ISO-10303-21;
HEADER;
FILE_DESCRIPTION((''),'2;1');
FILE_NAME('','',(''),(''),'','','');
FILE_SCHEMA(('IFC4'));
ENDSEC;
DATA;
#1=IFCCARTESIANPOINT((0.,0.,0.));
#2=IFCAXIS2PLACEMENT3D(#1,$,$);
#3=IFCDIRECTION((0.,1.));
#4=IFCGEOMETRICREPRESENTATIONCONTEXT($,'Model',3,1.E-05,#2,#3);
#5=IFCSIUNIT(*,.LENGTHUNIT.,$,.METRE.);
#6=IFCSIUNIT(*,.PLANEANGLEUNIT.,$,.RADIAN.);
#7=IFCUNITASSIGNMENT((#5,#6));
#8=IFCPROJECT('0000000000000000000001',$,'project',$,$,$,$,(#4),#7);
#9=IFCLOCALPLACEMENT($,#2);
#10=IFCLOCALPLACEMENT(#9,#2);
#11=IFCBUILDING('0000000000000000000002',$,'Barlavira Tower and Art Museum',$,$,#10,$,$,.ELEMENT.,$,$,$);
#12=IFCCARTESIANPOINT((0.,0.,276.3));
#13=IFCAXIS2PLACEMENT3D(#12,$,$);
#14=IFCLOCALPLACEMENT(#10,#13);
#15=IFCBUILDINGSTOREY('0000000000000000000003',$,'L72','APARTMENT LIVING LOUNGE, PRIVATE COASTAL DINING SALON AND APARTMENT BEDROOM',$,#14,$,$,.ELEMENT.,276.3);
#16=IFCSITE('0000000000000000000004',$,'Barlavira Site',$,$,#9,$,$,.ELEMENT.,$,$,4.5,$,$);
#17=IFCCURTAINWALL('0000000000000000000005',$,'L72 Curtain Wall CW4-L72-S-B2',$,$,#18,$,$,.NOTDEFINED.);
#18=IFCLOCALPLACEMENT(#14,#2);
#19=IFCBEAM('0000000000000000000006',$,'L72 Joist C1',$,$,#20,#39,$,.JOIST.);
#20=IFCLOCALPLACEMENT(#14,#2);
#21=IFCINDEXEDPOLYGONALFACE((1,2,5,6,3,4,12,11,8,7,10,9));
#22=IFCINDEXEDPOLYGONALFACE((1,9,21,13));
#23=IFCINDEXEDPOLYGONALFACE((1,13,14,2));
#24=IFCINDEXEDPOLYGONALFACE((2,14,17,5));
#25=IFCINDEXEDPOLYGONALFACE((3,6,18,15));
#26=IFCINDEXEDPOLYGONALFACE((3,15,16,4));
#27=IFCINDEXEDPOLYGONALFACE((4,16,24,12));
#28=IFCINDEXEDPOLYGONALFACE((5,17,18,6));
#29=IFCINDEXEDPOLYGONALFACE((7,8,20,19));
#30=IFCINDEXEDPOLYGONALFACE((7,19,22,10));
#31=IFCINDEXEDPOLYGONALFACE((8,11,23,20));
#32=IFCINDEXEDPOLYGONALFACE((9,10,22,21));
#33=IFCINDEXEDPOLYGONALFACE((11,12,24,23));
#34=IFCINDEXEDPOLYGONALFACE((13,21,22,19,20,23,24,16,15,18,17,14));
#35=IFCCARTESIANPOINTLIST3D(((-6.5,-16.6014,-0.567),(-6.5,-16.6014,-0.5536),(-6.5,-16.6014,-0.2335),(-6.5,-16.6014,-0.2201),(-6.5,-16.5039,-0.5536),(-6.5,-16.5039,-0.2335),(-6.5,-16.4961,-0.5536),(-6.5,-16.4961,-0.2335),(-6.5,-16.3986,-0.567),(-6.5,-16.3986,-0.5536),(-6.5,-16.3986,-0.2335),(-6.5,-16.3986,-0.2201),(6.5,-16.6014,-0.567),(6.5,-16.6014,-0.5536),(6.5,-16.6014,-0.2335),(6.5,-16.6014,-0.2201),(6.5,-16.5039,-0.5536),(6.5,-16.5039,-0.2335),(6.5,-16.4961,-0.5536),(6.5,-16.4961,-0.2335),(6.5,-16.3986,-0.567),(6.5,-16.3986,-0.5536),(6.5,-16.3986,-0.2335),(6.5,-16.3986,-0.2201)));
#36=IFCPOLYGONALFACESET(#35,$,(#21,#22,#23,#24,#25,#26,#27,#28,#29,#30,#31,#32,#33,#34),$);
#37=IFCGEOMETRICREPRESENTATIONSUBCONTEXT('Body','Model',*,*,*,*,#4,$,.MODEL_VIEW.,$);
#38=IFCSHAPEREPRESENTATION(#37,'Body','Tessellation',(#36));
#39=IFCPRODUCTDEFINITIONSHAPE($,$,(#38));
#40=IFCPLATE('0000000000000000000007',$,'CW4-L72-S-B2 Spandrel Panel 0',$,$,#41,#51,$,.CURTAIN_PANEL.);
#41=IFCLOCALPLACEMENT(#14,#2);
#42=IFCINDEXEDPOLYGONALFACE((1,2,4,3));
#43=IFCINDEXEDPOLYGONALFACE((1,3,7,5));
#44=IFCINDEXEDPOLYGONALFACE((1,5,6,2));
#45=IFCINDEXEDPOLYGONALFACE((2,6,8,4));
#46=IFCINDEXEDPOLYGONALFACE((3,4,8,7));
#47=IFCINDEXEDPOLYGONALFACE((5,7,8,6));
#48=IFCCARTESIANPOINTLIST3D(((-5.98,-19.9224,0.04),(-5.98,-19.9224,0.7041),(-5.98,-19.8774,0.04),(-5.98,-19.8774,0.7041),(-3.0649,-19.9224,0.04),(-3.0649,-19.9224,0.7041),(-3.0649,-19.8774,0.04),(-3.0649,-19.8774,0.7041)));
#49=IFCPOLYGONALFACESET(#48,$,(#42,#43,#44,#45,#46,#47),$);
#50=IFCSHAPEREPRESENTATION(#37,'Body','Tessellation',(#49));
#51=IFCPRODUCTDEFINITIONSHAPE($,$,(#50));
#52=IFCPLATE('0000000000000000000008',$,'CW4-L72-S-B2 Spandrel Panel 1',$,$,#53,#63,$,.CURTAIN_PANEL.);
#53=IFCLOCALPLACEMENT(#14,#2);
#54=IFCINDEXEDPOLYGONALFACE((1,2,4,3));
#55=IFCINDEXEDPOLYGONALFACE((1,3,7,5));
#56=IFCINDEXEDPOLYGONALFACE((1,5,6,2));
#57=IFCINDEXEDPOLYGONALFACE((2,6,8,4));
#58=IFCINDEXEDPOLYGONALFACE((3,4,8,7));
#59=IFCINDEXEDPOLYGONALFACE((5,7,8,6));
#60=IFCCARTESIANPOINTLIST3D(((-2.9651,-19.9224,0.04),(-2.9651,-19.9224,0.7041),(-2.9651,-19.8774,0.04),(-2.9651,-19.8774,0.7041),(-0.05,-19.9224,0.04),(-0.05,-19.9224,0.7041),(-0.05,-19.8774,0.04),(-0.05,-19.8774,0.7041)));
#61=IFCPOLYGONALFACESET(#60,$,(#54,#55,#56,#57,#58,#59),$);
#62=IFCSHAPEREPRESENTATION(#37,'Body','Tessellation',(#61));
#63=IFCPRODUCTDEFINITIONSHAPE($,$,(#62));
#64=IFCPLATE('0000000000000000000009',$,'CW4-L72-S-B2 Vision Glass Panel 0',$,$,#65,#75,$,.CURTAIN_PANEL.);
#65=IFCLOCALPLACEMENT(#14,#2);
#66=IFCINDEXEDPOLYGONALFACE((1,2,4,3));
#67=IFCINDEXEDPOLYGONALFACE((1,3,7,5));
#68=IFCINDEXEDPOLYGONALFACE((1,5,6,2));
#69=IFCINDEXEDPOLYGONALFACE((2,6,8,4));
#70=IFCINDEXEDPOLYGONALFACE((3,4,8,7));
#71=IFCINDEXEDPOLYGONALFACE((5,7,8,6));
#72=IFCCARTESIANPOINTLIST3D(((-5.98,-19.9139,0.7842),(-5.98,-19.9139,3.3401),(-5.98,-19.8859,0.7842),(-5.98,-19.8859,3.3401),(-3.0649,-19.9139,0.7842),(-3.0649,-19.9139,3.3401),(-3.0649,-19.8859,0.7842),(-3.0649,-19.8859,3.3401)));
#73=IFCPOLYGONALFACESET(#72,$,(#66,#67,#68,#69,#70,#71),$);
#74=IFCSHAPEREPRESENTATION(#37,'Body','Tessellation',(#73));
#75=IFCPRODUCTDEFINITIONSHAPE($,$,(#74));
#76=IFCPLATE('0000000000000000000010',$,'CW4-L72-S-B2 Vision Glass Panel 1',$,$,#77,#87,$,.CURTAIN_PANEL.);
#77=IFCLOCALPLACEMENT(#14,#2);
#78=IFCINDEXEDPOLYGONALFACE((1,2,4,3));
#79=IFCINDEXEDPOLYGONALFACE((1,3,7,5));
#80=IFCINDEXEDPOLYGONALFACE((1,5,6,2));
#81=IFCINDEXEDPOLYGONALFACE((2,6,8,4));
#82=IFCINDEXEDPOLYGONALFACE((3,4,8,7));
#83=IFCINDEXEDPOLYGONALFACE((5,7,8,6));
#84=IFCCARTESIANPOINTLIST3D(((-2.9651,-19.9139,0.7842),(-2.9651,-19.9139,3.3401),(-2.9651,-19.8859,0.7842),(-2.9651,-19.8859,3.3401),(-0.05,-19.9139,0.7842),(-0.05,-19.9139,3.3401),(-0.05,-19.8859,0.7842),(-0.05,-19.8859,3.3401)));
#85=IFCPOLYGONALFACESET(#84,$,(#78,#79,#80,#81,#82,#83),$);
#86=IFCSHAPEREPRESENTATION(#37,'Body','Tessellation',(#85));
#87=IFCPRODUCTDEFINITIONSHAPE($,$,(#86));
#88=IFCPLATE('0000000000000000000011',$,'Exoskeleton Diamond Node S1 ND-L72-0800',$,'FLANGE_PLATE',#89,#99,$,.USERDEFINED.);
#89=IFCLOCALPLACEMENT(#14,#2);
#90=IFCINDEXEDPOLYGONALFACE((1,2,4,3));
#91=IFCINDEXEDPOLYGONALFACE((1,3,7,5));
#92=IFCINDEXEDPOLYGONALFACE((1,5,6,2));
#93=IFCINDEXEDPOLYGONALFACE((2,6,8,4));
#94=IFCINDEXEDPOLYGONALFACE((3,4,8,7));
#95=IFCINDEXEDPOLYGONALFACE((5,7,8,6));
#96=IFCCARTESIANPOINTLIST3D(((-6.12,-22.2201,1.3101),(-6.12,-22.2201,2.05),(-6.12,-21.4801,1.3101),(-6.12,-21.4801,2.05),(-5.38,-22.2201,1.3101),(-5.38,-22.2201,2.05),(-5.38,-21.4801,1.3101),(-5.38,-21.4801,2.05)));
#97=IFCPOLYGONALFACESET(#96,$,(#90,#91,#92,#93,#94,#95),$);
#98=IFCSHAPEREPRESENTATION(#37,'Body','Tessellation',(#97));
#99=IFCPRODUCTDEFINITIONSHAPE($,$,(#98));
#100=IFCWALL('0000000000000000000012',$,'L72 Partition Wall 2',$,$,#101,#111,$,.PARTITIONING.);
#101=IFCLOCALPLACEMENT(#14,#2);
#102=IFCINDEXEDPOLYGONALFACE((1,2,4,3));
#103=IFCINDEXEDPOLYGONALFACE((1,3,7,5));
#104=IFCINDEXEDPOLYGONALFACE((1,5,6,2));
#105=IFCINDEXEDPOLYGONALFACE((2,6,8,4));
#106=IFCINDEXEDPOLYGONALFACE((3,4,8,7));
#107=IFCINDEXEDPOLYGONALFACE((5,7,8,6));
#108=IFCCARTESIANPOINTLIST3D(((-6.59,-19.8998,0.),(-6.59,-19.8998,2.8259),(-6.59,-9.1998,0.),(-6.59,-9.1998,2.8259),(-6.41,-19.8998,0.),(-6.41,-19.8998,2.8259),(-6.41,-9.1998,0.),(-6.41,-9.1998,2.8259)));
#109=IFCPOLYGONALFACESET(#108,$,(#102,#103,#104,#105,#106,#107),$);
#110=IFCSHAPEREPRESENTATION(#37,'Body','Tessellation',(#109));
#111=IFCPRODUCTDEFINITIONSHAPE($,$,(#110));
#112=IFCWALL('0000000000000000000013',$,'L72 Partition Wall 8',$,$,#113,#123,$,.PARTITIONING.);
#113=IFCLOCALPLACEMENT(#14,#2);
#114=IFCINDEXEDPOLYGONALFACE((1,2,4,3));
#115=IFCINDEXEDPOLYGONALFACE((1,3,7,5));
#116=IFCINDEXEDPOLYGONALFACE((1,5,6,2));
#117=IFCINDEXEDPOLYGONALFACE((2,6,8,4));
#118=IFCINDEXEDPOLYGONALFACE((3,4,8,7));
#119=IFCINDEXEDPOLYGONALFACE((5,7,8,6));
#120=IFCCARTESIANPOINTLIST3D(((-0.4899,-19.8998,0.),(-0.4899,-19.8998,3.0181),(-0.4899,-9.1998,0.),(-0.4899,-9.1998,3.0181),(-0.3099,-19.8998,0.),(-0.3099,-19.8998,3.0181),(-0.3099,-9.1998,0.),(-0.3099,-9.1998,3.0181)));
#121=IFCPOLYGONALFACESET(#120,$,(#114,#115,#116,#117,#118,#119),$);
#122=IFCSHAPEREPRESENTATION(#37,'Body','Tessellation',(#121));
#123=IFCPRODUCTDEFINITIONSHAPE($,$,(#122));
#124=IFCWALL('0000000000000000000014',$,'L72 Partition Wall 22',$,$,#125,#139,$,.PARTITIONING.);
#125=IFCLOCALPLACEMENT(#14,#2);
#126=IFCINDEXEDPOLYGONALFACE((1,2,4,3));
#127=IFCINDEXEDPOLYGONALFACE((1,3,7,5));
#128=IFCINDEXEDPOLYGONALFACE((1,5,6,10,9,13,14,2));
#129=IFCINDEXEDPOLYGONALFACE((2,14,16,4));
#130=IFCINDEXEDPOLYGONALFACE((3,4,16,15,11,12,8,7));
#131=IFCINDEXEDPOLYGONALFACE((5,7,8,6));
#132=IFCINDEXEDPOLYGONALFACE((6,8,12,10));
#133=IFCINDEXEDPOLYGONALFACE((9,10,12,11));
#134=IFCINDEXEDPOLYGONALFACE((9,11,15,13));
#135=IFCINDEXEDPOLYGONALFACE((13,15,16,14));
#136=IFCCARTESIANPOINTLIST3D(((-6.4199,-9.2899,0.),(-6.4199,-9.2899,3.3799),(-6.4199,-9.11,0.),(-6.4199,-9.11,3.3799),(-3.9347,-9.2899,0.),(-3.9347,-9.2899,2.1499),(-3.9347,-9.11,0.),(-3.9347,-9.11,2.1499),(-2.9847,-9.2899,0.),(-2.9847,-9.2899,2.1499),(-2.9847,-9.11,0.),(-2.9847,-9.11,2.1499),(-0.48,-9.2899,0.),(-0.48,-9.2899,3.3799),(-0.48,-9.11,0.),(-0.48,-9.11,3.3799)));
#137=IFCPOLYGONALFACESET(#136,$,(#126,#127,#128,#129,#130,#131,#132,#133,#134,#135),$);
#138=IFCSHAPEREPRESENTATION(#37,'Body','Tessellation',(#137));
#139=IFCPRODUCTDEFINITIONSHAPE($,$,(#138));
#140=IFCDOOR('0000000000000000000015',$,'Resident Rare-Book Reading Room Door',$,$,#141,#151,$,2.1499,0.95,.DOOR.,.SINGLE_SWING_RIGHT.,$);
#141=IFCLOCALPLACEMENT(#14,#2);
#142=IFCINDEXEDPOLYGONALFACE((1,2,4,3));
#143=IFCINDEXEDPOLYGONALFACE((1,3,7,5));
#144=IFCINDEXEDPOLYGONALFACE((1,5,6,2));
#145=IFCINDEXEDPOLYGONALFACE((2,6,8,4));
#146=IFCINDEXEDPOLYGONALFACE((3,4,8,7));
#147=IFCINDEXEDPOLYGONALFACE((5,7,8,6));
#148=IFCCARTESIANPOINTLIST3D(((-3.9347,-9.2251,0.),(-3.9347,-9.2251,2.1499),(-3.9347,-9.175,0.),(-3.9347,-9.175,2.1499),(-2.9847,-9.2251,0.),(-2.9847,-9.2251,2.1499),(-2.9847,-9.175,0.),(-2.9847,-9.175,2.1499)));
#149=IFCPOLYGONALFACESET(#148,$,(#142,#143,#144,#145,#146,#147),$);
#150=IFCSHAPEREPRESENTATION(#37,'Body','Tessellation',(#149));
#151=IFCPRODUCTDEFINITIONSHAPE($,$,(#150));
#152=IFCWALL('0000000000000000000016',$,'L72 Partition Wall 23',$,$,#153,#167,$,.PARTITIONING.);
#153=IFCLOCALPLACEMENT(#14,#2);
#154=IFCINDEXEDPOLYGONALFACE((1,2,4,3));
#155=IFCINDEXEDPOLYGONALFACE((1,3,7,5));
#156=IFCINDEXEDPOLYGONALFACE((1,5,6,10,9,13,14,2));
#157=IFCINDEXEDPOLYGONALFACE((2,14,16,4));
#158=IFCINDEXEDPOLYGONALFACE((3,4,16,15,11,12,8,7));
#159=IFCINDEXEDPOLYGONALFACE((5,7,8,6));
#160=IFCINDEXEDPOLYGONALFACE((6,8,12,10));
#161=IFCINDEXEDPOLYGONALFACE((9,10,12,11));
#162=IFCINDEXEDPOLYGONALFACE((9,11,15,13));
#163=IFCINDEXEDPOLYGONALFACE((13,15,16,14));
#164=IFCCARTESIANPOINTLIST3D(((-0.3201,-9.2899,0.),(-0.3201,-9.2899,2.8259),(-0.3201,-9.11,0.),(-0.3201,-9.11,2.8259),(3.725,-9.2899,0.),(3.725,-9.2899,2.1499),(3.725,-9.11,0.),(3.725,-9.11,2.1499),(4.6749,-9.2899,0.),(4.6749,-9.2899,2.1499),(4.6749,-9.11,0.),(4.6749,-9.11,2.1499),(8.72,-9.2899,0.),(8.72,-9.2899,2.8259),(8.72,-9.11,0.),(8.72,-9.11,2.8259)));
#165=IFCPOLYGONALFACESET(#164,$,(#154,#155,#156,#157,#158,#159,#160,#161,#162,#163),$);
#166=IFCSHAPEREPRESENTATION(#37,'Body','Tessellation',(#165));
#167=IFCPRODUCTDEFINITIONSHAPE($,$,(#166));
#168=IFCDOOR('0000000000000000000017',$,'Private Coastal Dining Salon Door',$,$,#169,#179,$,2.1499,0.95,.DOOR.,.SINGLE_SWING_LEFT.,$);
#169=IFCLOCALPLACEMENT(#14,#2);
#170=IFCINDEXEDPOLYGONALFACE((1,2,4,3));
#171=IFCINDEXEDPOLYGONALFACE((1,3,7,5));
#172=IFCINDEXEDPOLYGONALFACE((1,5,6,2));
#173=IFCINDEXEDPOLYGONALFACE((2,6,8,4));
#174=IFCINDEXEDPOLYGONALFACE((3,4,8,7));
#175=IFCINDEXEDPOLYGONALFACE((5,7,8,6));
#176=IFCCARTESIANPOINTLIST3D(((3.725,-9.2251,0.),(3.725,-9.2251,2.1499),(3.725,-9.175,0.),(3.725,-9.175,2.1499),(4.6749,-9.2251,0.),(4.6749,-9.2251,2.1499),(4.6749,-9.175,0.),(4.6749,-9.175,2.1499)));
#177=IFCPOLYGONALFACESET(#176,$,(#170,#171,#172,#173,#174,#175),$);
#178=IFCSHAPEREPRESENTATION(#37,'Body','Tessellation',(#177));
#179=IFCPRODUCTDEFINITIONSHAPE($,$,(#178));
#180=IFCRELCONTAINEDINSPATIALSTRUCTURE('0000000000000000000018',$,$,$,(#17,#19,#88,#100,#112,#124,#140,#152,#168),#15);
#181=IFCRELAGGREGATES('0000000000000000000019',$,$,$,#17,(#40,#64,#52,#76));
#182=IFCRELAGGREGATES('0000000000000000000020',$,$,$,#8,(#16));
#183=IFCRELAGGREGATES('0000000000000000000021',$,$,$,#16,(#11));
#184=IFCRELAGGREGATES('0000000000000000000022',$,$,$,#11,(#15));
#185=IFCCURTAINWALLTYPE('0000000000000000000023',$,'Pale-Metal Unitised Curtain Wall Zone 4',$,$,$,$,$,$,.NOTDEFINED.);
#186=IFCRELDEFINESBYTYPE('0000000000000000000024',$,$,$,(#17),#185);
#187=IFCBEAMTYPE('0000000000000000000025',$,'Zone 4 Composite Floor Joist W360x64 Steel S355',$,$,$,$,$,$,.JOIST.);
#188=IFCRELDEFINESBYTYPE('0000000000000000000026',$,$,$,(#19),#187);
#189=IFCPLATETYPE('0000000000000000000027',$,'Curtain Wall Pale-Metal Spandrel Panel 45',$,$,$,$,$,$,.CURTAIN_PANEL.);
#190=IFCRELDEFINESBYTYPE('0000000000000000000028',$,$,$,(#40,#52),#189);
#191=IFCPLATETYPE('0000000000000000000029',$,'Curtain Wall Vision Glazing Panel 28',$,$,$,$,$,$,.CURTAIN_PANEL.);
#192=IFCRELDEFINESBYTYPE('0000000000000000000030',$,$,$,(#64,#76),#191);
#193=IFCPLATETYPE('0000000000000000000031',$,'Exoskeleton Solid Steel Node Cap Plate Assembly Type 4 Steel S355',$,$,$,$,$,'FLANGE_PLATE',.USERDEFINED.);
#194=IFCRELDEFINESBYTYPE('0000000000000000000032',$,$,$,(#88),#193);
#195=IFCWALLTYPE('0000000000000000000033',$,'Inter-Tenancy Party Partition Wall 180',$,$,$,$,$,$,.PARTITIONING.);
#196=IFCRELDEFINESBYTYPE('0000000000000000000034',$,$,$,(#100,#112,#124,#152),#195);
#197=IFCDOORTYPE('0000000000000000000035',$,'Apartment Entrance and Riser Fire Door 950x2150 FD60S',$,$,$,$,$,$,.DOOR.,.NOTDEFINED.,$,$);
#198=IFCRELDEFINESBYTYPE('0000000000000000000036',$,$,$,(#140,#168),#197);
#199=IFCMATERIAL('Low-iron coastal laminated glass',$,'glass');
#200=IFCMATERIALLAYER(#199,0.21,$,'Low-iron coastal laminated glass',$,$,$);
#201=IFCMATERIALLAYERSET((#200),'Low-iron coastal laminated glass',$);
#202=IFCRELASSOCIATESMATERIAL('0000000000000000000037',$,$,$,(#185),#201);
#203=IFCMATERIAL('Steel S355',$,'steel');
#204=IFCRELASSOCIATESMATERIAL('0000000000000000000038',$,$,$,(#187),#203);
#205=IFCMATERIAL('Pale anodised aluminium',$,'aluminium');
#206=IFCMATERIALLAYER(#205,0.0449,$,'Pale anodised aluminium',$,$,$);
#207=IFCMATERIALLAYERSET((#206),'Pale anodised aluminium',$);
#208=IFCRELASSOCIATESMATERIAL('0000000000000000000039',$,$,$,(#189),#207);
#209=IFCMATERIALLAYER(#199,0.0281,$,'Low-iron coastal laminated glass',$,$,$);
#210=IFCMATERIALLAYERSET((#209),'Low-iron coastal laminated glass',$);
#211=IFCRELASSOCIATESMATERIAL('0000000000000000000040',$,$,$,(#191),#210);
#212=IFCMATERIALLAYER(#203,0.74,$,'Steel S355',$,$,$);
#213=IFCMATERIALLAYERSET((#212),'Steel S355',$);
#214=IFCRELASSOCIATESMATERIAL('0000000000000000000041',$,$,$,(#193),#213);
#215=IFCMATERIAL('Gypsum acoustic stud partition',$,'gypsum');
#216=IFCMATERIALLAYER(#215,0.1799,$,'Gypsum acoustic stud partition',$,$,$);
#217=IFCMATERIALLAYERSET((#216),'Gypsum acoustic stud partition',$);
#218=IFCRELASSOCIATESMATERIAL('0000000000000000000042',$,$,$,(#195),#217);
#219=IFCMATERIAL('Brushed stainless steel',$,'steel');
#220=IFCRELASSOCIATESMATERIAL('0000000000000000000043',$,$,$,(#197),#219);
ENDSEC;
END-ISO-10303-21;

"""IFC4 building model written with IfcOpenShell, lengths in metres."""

from ifc_helpers import new_model, si_unit, direction, frame, frame_2d, origin, origin_2d, place, context, subcontext, project, spatial, rectangle, i_section, extrude, material, layer, layer_set, material_profile, profile_set, type_object, element, fill, aggregate, save


model = new_model("IFC4")

# Units and contexts
model_context = context("Model", 3, precision=1e-05, world=origin(), true_north=direction((0.0, 1.0)))
body_context = subcontext(model_context, "Body", "Model", "MODEL_VIEW")
ifc_project = project(units=[si_unit("LENGTHUNIT", "METRE"), si_unit("PLANEANGLEUNIT", "RADIAN")], contexts=[model_context])

# Site, building, storey
site_placement = place(None, origin())
site = spatial("IfcSite", under=ifc_project, at=site_placement, Name="Barlavira Site", CompositionType="ELEMENT", RefElevation=4.5)
building_placement = place(site_placement, origin())
building = spatial("IfcBuilding", under=site, at=building_placement, Name="Barlavira Tower and Art Museum", CompositionType="ELEMENT")
storey_placement = place(building_placement, frame((0.0, 0.0, 276.3)))
storey = spatial("IfcBuildingStorey", under=building, at=storey_placement, Name="L72", Description="APARTMENT LIVING LOUNGE, PRIVATE COASTAL DINING SALON AND APARTMENT BEDROOM", CompositionType="ELEMENT", Elevation=276.3)

# Curtain wall
ifc_material_1 = material(Name="Low-iron coastal laminated glass", Category="glass")
ifc_layer_1 = layer(ifc_material_1, 0.21, Name="Low-iron coastal laminated glass")
ifc_layer_set_1 = layer_set([ifc_layer_1], Name="Low-iron coastal laminated glass")
curtain_wall_type = type_object("IfcCurtainWallType", Name="Pale-Metal Unitised Curtain Wall Zone 4", PredefinedType="NOTDEFINED", material=ifc_layer_set_1)
curtain_wall_placement = place(storey_placement, origin())
curtain_wall = element("IfcCurtainWall", 1, at=curtain_wall_placement, inside=storey, type_object=curtain_wall_type, Name="L72 Curtain Wall CW4-L72-S-B2", PredefinedType="NOTDEFINED")
ifc_material_2 = material(Name="Pale anodised aluminium", Category="aluminium")

# Beam
ifc_material_3 = material(Name="Steel S355", Category="steel")
ifc_material_profile_1 = material_profile(ifc_material_3, i_section(OverallWidth=0.2029, OverallDepth=0.3469, WebThickness=0.0078, FlangeThickness=0.0134, at=origin_2d()), Name="W360x64.0")
ifc_profile_set_1 = profile_set([ifc_material_profile_1], Name="Steel S355")
beam_type_1 = type_object("IfcBeamType", Name="Zone 4 Composite Floor Joist W360x64 Steel S355", PredefinedType="JOIST", material=ifc_profile_set_1)
beam_1_placement = place(storey_placement, frame((-6.5, -16.5, -0.3936), z_axis=(1.0, 0.0, 0.0), x_axis=(0.0, 1.0, 0.0)))
element("IfcBeam", 2, at=beam_1_placement, inside=storey, type_object=beam_type_1, Name="L72 Joist C1", PredefinedType="JOIST", context=body_context, shape_type="SweptSolid", body=[
    extrude(i_section(OverallWidth=0.2029, OverallDepth=0.3469, WebThickness=0.0078, FlangeThickness=0.0134, at=origin_2d()), origin(), (0.0, 0.0, 1.0), 13.0),
])

# Plates
ifc_layer_2 = layer(ifc_material_2, 0.0449, Name="Pale anodised aluminium")
ifc_layer_set_2 = layer_set([ifc_layer_2], Name="Pale anodised aluminium")
plate_type_1 = type_object("IfcPlateType", Name="Curtain Wall Pale-Metal Spandrel Panel 45", PredefinedType="CURTAIN_PANEL", material=ifc_layer_set_2)
plate_1_placement = place(storey_placement, frame((-4.5225, -19.8999, 0.04), z_axis=(0.0, 0.0, 1.0), x_axis=(1.0, 0.0, 0.0)))
plate_1 = element("IfcPlate", 3, at=plate_1_placement, type_object=plate_type_1, Name="CW4-L72-S-B2 Spandrel Panel 0", PredefinedType="CURTAIN_PANEL", context=body_context, shape_type="SweptSolid", body=[
    extrude(rectangle(XDim=2.915, YDim=0.0449, at=origin_2d()), origin(), (0.0, 0.0, 1.0), 0.6641),
])
plate_2_placement = place(storey_placement, frame((-1.5076, -19.8999, 0.04), z_axis=(0.0, 0.0, 1.0), x_axis=(1.0, 0.0, 0.0)))
plate_2 = element("IfcPlate", 4, at=plate_2_placement, type_object=plate_type_1, Name="CW4-L72-S-B2 Spandrel Panel 1", PredefinedType="CURTAIN_PANEL", context=body_context, shape_type="SweptSolid", body=[
    extrude(rectangle(XDim=2.915, YDim=0.0449, at=origin_2d()), origin(), (0.0, 0.0, 1.0), 0.6641),
])
ifc_layer_3 = layer(ifc_material_1, 0.0281, Name="Low-iron coastal laminated glass")
ifc_layer_set_3 = layer_set([ifc_layer_3], Name="Low-iron coastal laminated glass")
plate_type_2 = type_object("IfcPlateType", Name="Curtain Wall Vision Glazing Panel 28", PredefinedType="CURTAIN_PANEL", material=ifc_layer_set_3)
plate_3_placement = place(storey_placement, frame((-4.5225, -19.8999, 0.7842), z_axis=(0.0, 0.0, 1.0), x_axis=(1.0, 0.0, 0.0)))
plate_3 = element("IfcPlate", 5, at=plate_3_placement, type_object=plate_type_2, Name="CW4-L72-S-B2 Vision Glass Panel 0", PredefinedType="CURTAIN_PANEL", context=body_context, shape_type="SweptSolid", body=[
    extrude(rectangle(XDim=2.915, YDim=0.0281, at=origin_2d()), origin(), (0.0, 0.0, 1.0), 2.5559),
])
plate_4_placement = place(storey_placement, frame((-1.5076, -19.8999, 0.7842), z_axis=(0.0, 0.0, 1.0), x_axis=(1.0, 0.0, 0.0)))
plate_4 = element("IfcPlate", 6, at=plate_4_placement, type_object=plate_type_2, Name="CW4-L72-S-B2 Vision Glass Panel 1", PredefinedType="CURTAIN_PANEL", context=body_context, shape_type="SweptSolid", body=[
    extrude(rectangle(XDim=2.915, YDim=0.0281, at=origin_2d()), origin(), (0.0, 0.0, 1.0), 2.5559),
])
aggregate(curtain_wall, [plate_1, plate_3, plate_2, plate_4])
ifc_layer_4 = layer(ifc_material_3, 0.74, Name="Steel S355")
ifc_layer_set_4 = layer_set([ifc_layer_4], Name="Steel S355")
plate_type_3 = type_object("IfcPlateType", Name="Exoskeleton Solid Steel Node Cap Plate Assembly Type 4 Steel S355", ElementType="FLANGE_PLATE", PredefinedType="USERDEFINED", material=ifc_layer_set_4)
plate_5_placement = place(storey_placement, frame((-5.75, -21.8501, 1.3101), z_axis=(0.0, 0.0, 1.0), x_axis=(1.0, 0.0, 0.0)))
element("IfcPlate", 7, at=plate_5_placement, inside=storey, type_object=plate_type_3, Name="Exoskeleton Diamond Node S1 ND-L72-0800", ObjectType="FLANGE_PLATE", PredefinedType="USERDEFINED", context=body_context, shape_type="SweptSolid", body=[
    extrude(rectangle(XDim=0.74, YDim=0.74, at=origin_2d()), origin(), (0.0, 0.0, 1.0), 0.74),
])

# Walls
ifc_material_4 = material(Name="Gypsum acoustic stud partition", Category="gypsum")
ifc_layer_5 = layer(ifc_material_4, 0.1799, Name="Gypsum acoustic stud partition")
ifc_layer_set_5 = layer_set([ifc_layer_5], Name="Gypsum acoustic stud partition")
wall_type = type_object("IfcWallType", Name="Inter-Tenancy Party Partition Wall 180", PredefinedType="PARTITIONING", material=ifc_layer_set_5)
wall_1_placement = place(storey_placement, frame((-6.5, -19.8999, 0.0), z_axis=(0.0, 0.0, 1.0), x_axis=(0.0, 1.0, 0.0)))
element("IfcWall", 8, at=wall_1_placement, inside=storey, type_object=wall_type, Name="L72 Partition Wall 2", PredefinedType="PARTITIONING", context=body_context, shape_type="SweptSolid", body=[
    extrude(rectangle(XDim=10.7, YDim=0.1799, at=frame_2d((5.3501, 0.0))), origin(), (0.0, 0.0, 1.0), 2.8259),
])
wall_2_placement = place(storey_placement, frame((-0.3999, -19.8999, 0.0), z_axis=(0.0, 0.0, 1.0), x_axis=(0.0, 1.0, 0.0)))
element("IfcWall", 9, at=wall_2_placement, inside=storey, type_object=wall_type, Name="L72 Partition Wall 8", PredefinedType="PARTITIONING", context=body_context, shape_type="SweptSolid", body=[
    extrude(rectangle(XDim=10.7, YDim=0.1799, at=frame_2d((5.3501, 0.0))), origin(), (0.0, 0.0, 1.0), 3.0181),
])

# Walls, openings, doors
wall_3_placement = place(storey_placement, frame((-6.4199, -9.2, 0.0), z_axis=(0.0, 0.0, 1.0), x_axis=(1.0, 0.0, 0.0)))
wall_3 = element("IfcWall", 10, at=wall_3_placement, inside=storey, type_object=wall_type, Name="L72 Partition Wall 22", PredefinedType="PARTITIONING", context=body_context, shape_type="SweptSolid", body=[
    extrude(rectangle(XDim=5.9399, YDim=0.1799, at=frame_2d((2.97, 0.0))), origin(), (0.0, 0.0, 1.0), 3.3799),
])
opening_1_placement = place(wall_3_placement, frame((2.4851, 0.0, 0.0)))
opening_1 = element("IfcOpeningElement", 11, at=opening_1_placement, cuts=wall_3, PredefinedType="OPENING", context=body_context, shape_type="SweptSolid", body=[
    extrude(rectangle(XDim=0.95, YDim=2.1499, at=frame_2d((0.4751, 1.075))), frame((0.0, 0.1001, 0.0), z_axis=(0.0, -1.0, 0.0), x_axis=(1.0, 0.0, 0.0)), (0.0, 0.0, 1.0), 0.2),
])
ifc_material_5 = material(Name="Brushed stainless steel", Category="steel")
door_type = type_object("IfcDoorType", Name="Apartment Entrance and Riser Fire Door 950x2150 FD60S", OperationType="NOTDEFINED", PredefinedType="DOOR", material=ifc_material_5)
door_1_placement = place(opening_1_placement, origin())
door_1 = element("IfcDoor", 12, at=door_1_placement, inside=storey, type_object=door_type, Name="Resident Rare-Book Reading Room Door", OperationType="SINGLE_SWING_RIGHT", OverallHeight=2.1499, OverallWidth=0.95, PredefinedType="DOOR", context=body_context, shape_type="SweptSolid", body=[
    extrude(rectangle(XDim=0.95, YDim=2.1499, at=frame_2d((0.4751, 1.075))), frame((0.0, 0.0249, 0.0), z_axis=(0.0, -1.0, 0.0), x_axis=(1.0, 0.0, 0.0)), (0.0, 0.0, 1.0), 0.05),
])
fill(opening_1, door_1)
wall_4_placement = place(storey_placement, frame((-0.3201, -9.2, 0.0), z_axis=(0.0, 0.0, 1.0), x_axis=(1.0, 0.0, 0.0)))
wall_4 = element("IfcWall", 13, at=wall_4_placement, inside=storey, type_object=wall_type, Name="L72 Partition Wall 23", PredefinedType="PARTITIONING", context=body_context, shape_type="SweptSolid", body=[
    extrude(rectangle(XDim=9.04, YDim=0.1799, at=frame_2d((4.52, 0.0))), origin(), (0.0, 0.0, 1.0), 2.8259),
])
opening_2_placement = place(wall_4_placement, frame((4.0449, 0.0, 0.0)))
opening_2 = element("IfcOpeningElement", 14, at=opening_2_placement, cuts=wall_4, PredefinedType="OPENING", context=body_context, shape_type="SweptSolid", body=[
    extrude(rectangle(XDim=0.95, YDim=2.1499, at=frame_2d((0.4751, 1.075))), frame((0.0, 0.1001, 0.0), z_axis=(0.0, -1.0, 0.0), x_axis=(1.0, 0.0, 0.0)), (0.0, 0.0, 1.0), 0.2),
])
door_2_placement = place(opening_2_placement, origin())
door_2 = element("IfcDoor", 15, at=door_2_placement, inside=storey, type_object=door_type, Name="Private Coastal Dining Salon Door", OperationType="SINGLE_SWING_LEFT", OverallHeight=2.1499, OverallWidth=0.95, PredefinedType="DOOR", context=body_context, shape_type="SweptSolid", body=[
    extrude(rectangle(XDim=0.95, YDim=2.1499, at=frame_2d((0.4751, 1.075))), frame((0.0, 0.0249, 0.0), z_axis=(0.0, -1.0, 0.0), x_axis=(1.0, 0.0, 0.0)), (0.0, 0.0, 1.0), 0.05),
])
fill(opening_2, door_2)

save(model, "model.ifc")
